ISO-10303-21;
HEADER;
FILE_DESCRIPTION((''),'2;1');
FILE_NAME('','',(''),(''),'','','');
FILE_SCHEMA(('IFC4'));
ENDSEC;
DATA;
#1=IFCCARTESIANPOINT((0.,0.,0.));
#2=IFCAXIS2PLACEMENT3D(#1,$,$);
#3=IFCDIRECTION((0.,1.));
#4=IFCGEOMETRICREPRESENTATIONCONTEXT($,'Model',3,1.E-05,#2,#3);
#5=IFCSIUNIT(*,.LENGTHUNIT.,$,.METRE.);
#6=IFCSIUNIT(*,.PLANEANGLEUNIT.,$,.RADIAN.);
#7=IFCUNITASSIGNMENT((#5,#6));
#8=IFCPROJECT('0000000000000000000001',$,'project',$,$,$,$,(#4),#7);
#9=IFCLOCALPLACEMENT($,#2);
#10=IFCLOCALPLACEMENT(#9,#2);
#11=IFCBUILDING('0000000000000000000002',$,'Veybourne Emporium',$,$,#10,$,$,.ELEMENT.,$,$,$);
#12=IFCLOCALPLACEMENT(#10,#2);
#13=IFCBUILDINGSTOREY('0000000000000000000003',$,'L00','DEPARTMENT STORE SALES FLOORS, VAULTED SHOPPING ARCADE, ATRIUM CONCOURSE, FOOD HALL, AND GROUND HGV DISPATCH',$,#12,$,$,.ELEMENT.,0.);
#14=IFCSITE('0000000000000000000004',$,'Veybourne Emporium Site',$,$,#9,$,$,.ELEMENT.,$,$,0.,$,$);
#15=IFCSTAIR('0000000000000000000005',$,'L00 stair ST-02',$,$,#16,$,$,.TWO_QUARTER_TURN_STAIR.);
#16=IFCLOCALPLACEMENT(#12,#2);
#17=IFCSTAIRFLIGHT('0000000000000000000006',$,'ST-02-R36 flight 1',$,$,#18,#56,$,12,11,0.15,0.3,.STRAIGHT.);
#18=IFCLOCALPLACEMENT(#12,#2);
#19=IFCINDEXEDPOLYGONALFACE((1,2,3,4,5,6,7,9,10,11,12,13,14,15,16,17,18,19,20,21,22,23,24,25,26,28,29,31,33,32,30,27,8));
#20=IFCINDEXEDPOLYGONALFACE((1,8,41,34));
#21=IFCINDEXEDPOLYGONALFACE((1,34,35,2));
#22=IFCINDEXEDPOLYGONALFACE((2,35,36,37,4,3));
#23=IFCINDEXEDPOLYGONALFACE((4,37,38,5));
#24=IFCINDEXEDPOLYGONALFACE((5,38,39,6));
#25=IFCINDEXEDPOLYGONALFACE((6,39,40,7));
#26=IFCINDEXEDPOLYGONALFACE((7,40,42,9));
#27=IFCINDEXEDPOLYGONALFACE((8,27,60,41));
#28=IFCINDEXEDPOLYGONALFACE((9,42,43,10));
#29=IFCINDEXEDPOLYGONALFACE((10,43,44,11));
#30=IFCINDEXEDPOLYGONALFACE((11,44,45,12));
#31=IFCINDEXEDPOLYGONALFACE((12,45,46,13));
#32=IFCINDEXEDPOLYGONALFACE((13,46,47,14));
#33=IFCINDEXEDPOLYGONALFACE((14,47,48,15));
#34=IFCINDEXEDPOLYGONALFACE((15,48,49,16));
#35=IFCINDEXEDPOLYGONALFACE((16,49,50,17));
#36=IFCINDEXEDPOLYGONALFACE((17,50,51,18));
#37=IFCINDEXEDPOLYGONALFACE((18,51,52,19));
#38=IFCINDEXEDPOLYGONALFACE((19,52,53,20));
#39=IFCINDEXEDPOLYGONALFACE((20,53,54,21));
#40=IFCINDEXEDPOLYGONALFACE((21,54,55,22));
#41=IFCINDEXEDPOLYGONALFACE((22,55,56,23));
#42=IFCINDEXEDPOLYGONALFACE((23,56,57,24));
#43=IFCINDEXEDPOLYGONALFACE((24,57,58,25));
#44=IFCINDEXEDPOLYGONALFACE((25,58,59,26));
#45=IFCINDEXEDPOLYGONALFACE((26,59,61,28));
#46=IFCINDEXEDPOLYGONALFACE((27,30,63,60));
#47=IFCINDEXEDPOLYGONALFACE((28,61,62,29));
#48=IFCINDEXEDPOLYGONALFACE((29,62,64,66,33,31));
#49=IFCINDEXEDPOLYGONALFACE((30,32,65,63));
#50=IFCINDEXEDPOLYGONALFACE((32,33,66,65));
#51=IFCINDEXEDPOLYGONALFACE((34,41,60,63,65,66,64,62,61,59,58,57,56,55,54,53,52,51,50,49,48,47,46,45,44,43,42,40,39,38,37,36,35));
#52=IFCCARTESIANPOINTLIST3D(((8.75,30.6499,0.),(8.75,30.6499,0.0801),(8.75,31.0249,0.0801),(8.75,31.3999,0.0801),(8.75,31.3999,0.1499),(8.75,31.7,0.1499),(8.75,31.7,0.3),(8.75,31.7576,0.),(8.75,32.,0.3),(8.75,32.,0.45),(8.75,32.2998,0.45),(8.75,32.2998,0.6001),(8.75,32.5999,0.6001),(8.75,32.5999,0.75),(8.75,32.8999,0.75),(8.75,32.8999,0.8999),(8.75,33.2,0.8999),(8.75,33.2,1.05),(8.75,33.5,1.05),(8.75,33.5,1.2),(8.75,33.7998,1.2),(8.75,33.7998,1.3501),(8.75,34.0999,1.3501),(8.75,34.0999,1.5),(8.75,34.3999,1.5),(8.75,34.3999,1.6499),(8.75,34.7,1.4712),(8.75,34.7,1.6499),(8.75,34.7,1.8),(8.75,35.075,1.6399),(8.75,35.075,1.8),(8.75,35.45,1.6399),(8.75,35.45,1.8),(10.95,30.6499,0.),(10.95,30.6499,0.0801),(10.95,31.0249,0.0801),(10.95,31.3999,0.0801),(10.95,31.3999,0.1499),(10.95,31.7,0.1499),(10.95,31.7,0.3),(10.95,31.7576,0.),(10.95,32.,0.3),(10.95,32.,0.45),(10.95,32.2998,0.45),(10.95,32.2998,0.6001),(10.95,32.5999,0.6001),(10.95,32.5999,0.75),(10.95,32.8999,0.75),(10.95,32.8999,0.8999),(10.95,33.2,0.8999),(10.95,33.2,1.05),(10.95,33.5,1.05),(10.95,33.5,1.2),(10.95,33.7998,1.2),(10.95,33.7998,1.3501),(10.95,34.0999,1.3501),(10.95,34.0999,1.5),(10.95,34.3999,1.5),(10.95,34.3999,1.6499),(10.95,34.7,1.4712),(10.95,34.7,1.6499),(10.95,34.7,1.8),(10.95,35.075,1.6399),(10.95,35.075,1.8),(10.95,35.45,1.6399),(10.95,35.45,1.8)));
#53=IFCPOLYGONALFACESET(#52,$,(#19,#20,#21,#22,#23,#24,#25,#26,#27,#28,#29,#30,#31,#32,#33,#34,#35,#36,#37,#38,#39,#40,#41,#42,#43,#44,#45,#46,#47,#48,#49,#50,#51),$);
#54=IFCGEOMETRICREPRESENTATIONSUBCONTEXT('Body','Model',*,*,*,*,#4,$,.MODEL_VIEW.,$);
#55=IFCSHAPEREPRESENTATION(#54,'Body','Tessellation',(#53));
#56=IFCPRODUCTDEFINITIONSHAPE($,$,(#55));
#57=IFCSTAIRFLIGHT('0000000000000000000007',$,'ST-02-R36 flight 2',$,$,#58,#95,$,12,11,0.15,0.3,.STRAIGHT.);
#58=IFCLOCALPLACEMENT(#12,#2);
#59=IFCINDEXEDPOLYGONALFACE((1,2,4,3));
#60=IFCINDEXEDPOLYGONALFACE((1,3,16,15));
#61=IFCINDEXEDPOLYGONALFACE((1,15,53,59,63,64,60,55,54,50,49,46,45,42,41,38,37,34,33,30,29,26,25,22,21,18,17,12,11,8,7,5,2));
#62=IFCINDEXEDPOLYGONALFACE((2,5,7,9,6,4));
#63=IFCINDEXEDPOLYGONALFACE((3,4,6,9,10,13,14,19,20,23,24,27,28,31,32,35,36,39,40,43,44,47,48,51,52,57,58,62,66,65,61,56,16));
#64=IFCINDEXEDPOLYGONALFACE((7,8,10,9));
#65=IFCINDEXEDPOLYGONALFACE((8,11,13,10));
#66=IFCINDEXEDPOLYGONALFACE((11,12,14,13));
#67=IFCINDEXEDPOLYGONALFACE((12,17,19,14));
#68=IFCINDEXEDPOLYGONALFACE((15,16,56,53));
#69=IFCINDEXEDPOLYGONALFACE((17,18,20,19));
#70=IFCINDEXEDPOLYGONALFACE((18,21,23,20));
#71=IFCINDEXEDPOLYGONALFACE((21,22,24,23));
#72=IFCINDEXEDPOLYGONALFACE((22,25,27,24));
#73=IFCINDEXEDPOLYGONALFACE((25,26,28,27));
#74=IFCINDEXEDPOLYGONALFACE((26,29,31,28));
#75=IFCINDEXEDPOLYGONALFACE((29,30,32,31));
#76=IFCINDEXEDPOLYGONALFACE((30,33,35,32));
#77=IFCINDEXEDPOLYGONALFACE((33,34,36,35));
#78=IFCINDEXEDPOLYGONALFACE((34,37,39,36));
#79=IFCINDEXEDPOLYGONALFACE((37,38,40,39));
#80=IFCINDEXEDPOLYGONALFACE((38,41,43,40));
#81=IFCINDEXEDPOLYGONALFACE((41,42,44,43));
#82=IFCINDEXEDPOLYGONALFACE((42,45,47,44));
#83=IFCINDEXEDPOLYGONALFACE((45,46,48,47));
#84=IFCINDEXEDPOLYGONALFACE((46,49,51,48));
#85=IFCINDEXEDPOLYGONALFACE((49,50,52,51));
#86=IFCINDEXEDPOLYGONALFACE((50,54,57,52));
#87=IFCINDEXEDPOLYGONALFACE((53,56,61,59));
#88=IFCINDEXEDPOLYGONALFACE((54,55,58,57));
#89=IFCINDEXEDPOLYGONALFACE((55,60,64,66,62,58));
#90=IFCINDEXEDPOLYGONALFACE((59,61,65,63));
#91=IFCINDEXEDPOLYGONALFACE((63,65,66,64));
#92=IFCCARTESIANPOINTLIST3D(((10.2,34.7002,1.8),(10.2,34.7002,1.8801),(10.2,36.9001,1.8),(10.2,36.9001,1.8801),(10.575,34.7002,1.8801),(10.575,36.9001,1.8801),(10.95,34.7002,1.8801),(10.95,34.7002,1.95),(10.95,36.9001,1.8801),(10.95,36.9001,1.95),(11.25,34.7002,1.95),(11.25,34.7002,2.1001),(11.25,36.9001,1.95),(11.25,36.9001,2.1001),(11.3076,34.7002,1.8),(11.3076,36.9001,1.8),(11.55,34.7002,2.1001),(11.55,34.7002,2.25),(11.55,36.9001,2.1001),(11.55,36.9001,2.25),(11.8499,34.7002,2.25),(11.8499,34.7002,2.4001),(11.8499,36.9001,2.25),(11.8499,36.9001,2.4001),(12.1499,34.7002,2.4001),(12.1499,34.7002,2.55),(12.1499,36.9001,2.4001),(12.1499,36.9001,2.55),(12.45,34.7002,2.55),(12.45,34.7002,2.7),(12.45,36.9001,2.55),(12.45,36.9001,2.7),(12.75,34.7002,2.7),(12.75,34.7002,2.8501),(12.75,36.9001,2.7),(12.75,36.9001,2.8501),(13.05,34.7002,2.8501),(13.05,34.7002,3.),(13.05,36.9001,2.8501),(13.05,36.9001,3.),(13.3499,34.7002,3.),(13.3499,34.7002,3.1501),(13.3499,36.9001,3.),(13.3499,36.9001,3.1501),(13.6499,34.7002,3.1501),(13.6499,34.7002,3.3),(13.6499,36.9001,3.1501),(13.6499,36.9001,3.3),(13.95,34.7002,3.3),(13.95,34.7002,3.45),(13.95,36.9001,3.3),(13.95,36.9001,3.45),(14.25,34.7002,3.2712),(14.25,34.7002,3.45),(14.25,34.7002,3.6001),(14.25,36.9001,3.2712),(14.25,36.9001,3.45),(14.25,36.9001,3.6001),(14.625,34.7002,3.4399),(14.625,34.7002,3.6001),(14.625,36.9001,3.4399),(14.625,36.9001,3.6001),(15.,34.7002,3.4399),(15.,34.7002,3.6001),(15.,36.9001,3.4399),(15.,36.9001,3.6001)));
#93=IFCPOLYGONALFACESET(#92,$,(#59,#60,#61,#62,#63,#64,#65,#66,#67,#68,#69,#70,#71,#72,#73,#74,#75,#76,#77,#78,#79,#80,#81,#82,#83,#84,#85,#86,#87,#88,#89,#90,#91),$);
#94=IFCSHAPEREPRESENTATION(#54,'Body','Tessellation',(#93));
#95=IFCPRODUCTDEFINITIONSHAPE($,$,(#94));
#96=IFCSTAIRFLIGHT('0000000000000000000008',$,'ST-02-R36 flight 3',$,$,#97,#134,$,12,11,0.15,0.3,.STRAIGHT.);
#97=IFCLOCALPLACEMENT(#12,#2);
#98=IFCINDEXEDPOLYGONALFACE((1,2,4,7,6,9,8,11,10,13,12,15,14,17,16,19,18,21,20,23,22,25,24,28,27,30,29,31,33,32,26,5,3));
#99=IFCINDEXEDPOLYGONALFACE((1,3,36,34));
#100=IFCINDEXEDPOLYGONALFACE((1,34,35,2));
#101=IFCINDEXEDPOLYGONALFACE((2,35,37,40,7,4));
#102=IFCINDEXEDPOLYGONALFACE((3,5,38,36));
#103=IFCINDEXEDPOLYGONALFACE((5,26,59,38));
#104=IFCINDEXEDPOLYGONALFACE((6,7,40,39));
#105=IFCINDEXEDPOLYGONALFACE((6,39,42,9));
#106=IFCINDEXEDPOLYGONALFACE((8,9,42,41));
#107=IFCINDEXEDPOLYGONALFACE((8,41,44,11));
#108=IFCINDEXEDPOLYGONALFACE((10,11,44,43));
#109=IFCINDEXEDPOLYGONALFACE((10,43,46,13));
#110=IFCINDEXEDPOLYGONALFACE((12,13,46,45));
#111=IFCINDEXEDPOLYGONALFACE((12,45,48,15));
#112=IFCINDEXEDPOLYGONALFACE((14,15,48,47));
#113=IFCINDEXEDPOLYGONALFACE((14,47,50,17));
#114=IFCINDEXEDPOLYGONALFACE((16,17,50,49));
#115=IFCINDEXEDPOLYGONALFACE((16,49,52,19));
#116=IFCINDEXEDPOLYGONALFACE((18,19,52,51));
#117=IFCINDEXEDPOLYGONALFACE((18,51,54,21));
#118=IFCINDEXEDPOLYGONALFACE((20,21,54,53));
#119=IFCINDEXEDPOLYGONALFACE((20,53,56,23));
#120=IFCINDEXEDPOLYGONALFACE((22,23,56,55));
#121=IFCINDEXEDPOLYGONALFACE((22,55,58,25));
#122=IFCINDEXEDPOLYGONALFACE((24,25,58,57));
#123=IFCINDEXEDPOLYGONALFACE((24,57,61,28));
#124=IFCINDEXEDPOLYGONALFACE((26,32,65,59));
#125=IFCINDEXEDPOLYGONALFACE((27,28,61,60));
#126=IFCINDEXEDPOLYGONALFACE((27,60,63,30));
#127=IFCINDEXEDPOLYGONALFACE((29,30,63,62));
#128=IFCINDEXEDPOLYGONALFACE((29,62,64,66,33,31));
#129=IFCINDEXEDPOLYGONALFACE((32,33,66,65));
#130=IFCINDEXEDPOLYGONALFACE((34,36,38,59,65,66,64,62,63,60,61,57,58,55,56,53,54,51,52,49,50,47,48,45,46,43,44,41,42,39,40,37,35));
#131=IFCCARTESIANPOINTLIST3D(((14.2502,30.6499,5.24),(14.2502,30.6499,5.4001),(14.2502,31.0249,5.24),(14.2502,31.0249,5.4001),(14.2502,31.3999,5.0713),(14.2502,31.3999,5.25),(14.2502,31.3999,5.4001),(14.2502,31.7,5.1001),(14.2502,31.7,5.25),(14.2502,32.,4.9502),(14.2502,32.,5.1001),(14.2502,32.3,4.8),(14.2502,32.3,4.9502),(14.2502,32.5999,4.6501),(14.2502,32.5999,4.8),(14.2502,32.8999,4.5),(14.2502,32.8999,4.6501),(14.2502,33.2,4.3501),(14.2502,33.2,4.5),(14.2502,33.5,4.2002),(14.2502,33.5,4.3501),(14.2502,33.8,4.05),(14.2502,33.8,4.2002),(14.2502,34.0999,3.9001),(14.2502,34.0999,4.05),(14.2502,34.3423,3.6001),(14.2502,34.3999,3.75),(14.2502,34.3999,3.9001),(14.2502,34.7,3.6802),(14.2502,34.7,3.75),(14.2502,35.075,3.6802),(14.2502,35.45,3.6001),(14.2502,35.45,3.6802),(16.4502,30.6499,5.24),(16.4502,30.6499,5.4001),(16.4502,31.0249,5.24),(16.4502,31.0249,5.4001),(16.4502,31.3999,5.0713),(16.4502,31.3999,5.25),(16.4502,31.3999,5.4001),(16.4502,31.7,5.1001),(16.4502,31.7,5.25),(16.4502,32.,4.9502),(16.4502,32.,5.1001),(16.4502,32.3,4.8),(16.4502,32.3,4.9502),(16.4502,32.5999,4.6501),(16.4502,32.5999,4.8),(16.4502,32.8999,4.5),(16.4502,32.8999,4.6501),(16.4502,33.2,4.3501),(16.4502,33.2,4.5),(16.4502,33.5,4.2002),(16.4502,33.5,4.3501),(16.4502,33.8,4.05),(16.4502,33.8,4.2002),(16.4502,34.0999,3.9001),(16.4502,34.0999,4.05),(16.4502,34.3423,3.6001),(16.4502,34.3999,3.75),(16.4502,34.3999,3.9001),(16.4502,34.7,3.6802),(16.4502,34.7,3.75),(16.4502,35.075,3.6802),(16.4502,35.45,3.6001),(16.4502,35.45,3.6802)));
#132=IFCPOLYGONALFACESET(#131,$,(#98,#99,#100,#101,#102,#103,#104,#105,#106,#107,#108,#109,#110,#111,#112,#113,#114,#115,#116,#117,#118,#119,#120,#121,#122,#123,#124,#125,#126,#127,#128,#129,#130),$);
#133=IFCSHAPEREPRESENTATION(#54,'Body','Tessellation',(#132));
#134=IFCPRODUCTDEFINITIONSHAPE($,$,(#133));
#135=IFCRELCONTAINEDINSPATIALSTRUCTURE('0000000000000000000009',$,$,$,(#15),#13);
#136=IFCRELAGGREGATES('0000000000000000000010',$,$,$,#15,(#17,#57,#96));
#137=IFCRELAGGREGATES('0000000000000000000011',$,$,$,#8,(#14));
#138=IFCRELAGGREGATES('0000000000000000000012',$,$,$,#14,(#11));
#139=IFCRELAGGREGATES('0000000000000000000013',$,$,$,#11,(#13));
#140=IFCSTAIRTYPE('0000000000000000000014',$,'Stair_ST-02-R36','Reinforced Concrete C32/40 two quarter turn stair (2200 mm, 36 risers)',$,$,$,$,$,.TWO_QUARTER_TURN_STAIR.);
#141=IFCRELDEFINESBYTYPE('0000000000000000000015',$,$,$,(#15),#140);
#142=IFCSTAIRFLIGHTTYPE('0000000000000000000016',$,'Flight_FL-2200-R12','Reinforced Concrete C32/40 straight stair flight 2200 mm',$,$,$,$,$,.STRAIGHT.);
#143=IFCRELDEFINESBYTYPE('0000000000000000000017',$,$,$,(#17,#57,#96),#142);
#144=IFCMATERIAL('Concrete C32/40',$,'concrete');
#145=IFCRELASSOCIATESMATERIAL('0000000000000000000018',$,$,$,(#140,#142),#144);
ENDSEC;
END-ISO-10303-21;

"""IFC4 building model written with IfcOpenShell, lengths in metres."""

from ifc_helpers import new_model, si_unit, direction, frame, origin, place, context, subcontext, project, spatial, polyline, outline, extrude, material, type_object, element, aggregate, save


model = new_model("IFC4")

# Units and contexts
model_context = context("Model", 3, precision=1e-05, world=origin(), true_north=direction((0.0, 1.0)))
body_context = subcontext(model_context, "Body", "Model", "MODEL_VIEW")
ifc_project = project(units=[si_unit("LENGTHUNIT", "METRE"), si_unit("PLANEANGLEUNIT", "RADIAN")], contexts=[model_context])

# Site, building, storey
site_placement = place(None, origin())
site = spatial("IfcSite", under=ifc_project, at=site_placement, Name="Veybourne Emporium Site", CompositionType="ELEMENT", RefElevation=0.0)
building_placement = place(site_placement, origin())
building = spatial("IfcBuilding", under=site, at=building_placement, Name="Veybourne Emporium", CompositionType="ELEMENT")
storey_placement = place(building_placement, origin())
storey = spatial("IfcBuildingStorey", under=building, at=storey_placement, Name="L00", Description="DEPARTMENT STORE SALES FLOORS, VAULTED SHOPPING ARCADE, ATRIUM CONCOURSE, FOOD HALL, AND GROUND HGV DISPATCH", CompositionType="ELEMENT", Elevation=0.0)

# Shared definitions
ifc_material_1 = material(Name="Concrete C32/40", Category="concrete")

# Stair, stair flights
stair_type = type_object("IfcStairType", Name="Stair_ST-02-R36", Description="Reinforced Concrete C32/40 two quarter turn stair (2200 mm, 36 risers)", PredefinedType="TWO_QUARTER_TURN_STAIR", material=ifc_material_1)
stair_placement = place(storey_placement, origin())
stair = element("IfcStair", 1, at=stair_placement, inside=storey, type_object=stair_type, Name="L00 stair ST-02", PredefinedType="TWO_QUARTER_TURN_STAIR")
stair_flight_type = type_object("IfcStairFlightType", Name="Flight_FL-2200-R12", Description="Reinforced Concrete C32/40 straight stair flight 2200 mm", PredefinedType="STRAIGHT", material=ifc_material_1)
stair_flight_1_placement = place(storey_placement, frame((9.8501, 31.3999, 0.0), z_axis=(0.0, 0.0, 1.0), x_axis=(0.0, 1.0, 0.0)))
stair_flight_1 = element("IfcStairFlight", 2, at=stair_flight_1_placement, type_object=stair_flight_type, Name="ST-02-R36 flight 1", NumberOfRisers=12, NumberOfTreads=11, PredefinedType="STRAIGHT", RiserHeight=0.15, TreadLength=0.3, context=body_context, shape_type="SweptSolid", body=[
    extrude(outline(polyline([(-0.75, 0.0), (-0.75, 0.0801), (-0.375, 0.0801), (0.0, 0.0801), (0.0, 0.1499), (0.3, 0.1499), (0.3, 0.3), (0.6001, 0.3), (0.6001, 0.45), (0.8999, 0.45), (0.8999, 0.6001), (1.2, 0.6001), (1.2, 0.75), (1.5, 0.75), (1.5, 0.8999), (1.8, 0.8999), (1.8, 1.05), (2.1001, 1.05), (2.1001, 1.2), (2.3999, 1.2), (2.3999, 1.3501), (2.7, 1.3501), (2.7, 1.5), (3.0, 1.5), (3.0, 1.6499), (3.3, 1.6499), (3.3, 1.8), (3.675, 1.8), (4.05, 1.8), (4.05, 1.6399), (3.675, 1.6399), (3.3, 1.4712), (0.3577, 0.0), (-0.75, 0.0)])), frame((0.0, 1.1001, 0.0), z_axis=(0.0, -1.0, 0.0), x_axis=(1.0, 0.0, 0.0)), (0.0, 0.0, 1.0), 2.2),
])
stair_flight_2_placement = place(storey_placement, frame((10.95, 35.8, 1.8), z_axis=(0.0, 0.0, 1.0), x_axis=(1.0, 0.0, 0.0)))
stair_flight_2 = element("IfcStairFlight", 3, at=stair_flight_2_placement, type_object=stair_flight_type, Name="ST-02-R36 flight 2", NumberOfRisers=12, NumberOfTreads=11, PredefinedType="STRAIGHT", RiserHeight=0.15, TreadLength=0.3, context=body_context, shape_type="SweptSolid", body=[
    extrude(outline(polyline([(-0.75, 0.0), (-0.75, 0.0801), (-0.375, 0.0801), (0.0, 0.0801), (0.0, 0.1499), (0.3, 0.1499), (0.3, 0.3), (0.6001, 0.3), (0.6001, 0.45), (0.8999, 0.45), (0.8999, 0.6001), (1.2, 0.6001), (1.2, 0.75), (1.5, 0.75), (1.5, 0.8999), (1.8, 0.8999), (1.8, 1.05), (2.1001, 1.05), (2.1001, 1.2), (2.3999, 1.2), (2.3999, 1.3501), (2.7, 1.3501), (2.7, 1.5), (3.0, 1.5), (3.0, 1.6499), (3.3, 1.6499), (3.3, 1.8), (3.675, 1.8), (4.05, 1.8), (4.05, 1.6399), (3.675, 1.6399), (3.3, 1.4712), (0.3577, 0.0), (-0.75, 0.0)])), frame((0.0, 1.1001, 0.0), z_axis=(0.0, -1.0, 0.0), x_axis=(1.0, 0.0, 0.0)), (0.0, 0.0, 1.0), 2.2),
])
stair_flight_3_placement = place(storey_placement, frame((15.3501, 34.7, 3.6001), z_axis=(0.0, 0.0, 1.0), x_axis=(0.0, -1.0, 0.0)))
stair_flight_3 = element("IfcStairFlight", 4, at=stair_flight_3_placement, type_object=stair_flight_type, Name="ST-02-R36 flight 3", NumberOfRisers=12, NumberOfTreads=11, PredefinedType="STRAIGHT", RiserHeight=0.15, TreadLength=0.3, context=body_context, shape_type="SweptSolid", body=[
    extrude(outline(polyline([(-0.75, 0.0), (-0.75, 0.0801), (-0.375, 0.0801), (0.0, 0.0801), (0.0, 0.1499), (0.3, 0.1499), (0.3, 0.3), (0.6001, 0.3), (0.6001, 0.45), (0.8999, 0.45), (0.8999, 0.6001), (1.2, 0.6001), (1.2, 0.75), (1.5, 0.75), (1.5, 0.8999), (1.8, 0.8999), (1.8, 1.05), (2.1001, 1.05), (2.1001, 1.2), (2.3999, 1.2), (2.3999, 1.3501), (2.7, 1.3501), (2.7, 1.5), (3.0, 1.5), (3.0, 1.6499), (3.3, 1.6499), (3.3, 1.8), (3.675, 1.8), (4.05, 1.8), (4.05, 1.6399), (3.675, 1.6399), (3.3, 1.4712), (0.3577, 0.0), (-0.75, 0.0)])), frame((0.0, 1.1001, 0.0), z_axis=(0.0, -1.0, 0.0), x_axis=(1.0, 0.0, 0.0)), (0.0, 0.0, 1.0), 2.2),
])
aggregate(stair, [stair_flight_1, stair_flight_2, stair_flight_3])

save(model, "model.ifc")
